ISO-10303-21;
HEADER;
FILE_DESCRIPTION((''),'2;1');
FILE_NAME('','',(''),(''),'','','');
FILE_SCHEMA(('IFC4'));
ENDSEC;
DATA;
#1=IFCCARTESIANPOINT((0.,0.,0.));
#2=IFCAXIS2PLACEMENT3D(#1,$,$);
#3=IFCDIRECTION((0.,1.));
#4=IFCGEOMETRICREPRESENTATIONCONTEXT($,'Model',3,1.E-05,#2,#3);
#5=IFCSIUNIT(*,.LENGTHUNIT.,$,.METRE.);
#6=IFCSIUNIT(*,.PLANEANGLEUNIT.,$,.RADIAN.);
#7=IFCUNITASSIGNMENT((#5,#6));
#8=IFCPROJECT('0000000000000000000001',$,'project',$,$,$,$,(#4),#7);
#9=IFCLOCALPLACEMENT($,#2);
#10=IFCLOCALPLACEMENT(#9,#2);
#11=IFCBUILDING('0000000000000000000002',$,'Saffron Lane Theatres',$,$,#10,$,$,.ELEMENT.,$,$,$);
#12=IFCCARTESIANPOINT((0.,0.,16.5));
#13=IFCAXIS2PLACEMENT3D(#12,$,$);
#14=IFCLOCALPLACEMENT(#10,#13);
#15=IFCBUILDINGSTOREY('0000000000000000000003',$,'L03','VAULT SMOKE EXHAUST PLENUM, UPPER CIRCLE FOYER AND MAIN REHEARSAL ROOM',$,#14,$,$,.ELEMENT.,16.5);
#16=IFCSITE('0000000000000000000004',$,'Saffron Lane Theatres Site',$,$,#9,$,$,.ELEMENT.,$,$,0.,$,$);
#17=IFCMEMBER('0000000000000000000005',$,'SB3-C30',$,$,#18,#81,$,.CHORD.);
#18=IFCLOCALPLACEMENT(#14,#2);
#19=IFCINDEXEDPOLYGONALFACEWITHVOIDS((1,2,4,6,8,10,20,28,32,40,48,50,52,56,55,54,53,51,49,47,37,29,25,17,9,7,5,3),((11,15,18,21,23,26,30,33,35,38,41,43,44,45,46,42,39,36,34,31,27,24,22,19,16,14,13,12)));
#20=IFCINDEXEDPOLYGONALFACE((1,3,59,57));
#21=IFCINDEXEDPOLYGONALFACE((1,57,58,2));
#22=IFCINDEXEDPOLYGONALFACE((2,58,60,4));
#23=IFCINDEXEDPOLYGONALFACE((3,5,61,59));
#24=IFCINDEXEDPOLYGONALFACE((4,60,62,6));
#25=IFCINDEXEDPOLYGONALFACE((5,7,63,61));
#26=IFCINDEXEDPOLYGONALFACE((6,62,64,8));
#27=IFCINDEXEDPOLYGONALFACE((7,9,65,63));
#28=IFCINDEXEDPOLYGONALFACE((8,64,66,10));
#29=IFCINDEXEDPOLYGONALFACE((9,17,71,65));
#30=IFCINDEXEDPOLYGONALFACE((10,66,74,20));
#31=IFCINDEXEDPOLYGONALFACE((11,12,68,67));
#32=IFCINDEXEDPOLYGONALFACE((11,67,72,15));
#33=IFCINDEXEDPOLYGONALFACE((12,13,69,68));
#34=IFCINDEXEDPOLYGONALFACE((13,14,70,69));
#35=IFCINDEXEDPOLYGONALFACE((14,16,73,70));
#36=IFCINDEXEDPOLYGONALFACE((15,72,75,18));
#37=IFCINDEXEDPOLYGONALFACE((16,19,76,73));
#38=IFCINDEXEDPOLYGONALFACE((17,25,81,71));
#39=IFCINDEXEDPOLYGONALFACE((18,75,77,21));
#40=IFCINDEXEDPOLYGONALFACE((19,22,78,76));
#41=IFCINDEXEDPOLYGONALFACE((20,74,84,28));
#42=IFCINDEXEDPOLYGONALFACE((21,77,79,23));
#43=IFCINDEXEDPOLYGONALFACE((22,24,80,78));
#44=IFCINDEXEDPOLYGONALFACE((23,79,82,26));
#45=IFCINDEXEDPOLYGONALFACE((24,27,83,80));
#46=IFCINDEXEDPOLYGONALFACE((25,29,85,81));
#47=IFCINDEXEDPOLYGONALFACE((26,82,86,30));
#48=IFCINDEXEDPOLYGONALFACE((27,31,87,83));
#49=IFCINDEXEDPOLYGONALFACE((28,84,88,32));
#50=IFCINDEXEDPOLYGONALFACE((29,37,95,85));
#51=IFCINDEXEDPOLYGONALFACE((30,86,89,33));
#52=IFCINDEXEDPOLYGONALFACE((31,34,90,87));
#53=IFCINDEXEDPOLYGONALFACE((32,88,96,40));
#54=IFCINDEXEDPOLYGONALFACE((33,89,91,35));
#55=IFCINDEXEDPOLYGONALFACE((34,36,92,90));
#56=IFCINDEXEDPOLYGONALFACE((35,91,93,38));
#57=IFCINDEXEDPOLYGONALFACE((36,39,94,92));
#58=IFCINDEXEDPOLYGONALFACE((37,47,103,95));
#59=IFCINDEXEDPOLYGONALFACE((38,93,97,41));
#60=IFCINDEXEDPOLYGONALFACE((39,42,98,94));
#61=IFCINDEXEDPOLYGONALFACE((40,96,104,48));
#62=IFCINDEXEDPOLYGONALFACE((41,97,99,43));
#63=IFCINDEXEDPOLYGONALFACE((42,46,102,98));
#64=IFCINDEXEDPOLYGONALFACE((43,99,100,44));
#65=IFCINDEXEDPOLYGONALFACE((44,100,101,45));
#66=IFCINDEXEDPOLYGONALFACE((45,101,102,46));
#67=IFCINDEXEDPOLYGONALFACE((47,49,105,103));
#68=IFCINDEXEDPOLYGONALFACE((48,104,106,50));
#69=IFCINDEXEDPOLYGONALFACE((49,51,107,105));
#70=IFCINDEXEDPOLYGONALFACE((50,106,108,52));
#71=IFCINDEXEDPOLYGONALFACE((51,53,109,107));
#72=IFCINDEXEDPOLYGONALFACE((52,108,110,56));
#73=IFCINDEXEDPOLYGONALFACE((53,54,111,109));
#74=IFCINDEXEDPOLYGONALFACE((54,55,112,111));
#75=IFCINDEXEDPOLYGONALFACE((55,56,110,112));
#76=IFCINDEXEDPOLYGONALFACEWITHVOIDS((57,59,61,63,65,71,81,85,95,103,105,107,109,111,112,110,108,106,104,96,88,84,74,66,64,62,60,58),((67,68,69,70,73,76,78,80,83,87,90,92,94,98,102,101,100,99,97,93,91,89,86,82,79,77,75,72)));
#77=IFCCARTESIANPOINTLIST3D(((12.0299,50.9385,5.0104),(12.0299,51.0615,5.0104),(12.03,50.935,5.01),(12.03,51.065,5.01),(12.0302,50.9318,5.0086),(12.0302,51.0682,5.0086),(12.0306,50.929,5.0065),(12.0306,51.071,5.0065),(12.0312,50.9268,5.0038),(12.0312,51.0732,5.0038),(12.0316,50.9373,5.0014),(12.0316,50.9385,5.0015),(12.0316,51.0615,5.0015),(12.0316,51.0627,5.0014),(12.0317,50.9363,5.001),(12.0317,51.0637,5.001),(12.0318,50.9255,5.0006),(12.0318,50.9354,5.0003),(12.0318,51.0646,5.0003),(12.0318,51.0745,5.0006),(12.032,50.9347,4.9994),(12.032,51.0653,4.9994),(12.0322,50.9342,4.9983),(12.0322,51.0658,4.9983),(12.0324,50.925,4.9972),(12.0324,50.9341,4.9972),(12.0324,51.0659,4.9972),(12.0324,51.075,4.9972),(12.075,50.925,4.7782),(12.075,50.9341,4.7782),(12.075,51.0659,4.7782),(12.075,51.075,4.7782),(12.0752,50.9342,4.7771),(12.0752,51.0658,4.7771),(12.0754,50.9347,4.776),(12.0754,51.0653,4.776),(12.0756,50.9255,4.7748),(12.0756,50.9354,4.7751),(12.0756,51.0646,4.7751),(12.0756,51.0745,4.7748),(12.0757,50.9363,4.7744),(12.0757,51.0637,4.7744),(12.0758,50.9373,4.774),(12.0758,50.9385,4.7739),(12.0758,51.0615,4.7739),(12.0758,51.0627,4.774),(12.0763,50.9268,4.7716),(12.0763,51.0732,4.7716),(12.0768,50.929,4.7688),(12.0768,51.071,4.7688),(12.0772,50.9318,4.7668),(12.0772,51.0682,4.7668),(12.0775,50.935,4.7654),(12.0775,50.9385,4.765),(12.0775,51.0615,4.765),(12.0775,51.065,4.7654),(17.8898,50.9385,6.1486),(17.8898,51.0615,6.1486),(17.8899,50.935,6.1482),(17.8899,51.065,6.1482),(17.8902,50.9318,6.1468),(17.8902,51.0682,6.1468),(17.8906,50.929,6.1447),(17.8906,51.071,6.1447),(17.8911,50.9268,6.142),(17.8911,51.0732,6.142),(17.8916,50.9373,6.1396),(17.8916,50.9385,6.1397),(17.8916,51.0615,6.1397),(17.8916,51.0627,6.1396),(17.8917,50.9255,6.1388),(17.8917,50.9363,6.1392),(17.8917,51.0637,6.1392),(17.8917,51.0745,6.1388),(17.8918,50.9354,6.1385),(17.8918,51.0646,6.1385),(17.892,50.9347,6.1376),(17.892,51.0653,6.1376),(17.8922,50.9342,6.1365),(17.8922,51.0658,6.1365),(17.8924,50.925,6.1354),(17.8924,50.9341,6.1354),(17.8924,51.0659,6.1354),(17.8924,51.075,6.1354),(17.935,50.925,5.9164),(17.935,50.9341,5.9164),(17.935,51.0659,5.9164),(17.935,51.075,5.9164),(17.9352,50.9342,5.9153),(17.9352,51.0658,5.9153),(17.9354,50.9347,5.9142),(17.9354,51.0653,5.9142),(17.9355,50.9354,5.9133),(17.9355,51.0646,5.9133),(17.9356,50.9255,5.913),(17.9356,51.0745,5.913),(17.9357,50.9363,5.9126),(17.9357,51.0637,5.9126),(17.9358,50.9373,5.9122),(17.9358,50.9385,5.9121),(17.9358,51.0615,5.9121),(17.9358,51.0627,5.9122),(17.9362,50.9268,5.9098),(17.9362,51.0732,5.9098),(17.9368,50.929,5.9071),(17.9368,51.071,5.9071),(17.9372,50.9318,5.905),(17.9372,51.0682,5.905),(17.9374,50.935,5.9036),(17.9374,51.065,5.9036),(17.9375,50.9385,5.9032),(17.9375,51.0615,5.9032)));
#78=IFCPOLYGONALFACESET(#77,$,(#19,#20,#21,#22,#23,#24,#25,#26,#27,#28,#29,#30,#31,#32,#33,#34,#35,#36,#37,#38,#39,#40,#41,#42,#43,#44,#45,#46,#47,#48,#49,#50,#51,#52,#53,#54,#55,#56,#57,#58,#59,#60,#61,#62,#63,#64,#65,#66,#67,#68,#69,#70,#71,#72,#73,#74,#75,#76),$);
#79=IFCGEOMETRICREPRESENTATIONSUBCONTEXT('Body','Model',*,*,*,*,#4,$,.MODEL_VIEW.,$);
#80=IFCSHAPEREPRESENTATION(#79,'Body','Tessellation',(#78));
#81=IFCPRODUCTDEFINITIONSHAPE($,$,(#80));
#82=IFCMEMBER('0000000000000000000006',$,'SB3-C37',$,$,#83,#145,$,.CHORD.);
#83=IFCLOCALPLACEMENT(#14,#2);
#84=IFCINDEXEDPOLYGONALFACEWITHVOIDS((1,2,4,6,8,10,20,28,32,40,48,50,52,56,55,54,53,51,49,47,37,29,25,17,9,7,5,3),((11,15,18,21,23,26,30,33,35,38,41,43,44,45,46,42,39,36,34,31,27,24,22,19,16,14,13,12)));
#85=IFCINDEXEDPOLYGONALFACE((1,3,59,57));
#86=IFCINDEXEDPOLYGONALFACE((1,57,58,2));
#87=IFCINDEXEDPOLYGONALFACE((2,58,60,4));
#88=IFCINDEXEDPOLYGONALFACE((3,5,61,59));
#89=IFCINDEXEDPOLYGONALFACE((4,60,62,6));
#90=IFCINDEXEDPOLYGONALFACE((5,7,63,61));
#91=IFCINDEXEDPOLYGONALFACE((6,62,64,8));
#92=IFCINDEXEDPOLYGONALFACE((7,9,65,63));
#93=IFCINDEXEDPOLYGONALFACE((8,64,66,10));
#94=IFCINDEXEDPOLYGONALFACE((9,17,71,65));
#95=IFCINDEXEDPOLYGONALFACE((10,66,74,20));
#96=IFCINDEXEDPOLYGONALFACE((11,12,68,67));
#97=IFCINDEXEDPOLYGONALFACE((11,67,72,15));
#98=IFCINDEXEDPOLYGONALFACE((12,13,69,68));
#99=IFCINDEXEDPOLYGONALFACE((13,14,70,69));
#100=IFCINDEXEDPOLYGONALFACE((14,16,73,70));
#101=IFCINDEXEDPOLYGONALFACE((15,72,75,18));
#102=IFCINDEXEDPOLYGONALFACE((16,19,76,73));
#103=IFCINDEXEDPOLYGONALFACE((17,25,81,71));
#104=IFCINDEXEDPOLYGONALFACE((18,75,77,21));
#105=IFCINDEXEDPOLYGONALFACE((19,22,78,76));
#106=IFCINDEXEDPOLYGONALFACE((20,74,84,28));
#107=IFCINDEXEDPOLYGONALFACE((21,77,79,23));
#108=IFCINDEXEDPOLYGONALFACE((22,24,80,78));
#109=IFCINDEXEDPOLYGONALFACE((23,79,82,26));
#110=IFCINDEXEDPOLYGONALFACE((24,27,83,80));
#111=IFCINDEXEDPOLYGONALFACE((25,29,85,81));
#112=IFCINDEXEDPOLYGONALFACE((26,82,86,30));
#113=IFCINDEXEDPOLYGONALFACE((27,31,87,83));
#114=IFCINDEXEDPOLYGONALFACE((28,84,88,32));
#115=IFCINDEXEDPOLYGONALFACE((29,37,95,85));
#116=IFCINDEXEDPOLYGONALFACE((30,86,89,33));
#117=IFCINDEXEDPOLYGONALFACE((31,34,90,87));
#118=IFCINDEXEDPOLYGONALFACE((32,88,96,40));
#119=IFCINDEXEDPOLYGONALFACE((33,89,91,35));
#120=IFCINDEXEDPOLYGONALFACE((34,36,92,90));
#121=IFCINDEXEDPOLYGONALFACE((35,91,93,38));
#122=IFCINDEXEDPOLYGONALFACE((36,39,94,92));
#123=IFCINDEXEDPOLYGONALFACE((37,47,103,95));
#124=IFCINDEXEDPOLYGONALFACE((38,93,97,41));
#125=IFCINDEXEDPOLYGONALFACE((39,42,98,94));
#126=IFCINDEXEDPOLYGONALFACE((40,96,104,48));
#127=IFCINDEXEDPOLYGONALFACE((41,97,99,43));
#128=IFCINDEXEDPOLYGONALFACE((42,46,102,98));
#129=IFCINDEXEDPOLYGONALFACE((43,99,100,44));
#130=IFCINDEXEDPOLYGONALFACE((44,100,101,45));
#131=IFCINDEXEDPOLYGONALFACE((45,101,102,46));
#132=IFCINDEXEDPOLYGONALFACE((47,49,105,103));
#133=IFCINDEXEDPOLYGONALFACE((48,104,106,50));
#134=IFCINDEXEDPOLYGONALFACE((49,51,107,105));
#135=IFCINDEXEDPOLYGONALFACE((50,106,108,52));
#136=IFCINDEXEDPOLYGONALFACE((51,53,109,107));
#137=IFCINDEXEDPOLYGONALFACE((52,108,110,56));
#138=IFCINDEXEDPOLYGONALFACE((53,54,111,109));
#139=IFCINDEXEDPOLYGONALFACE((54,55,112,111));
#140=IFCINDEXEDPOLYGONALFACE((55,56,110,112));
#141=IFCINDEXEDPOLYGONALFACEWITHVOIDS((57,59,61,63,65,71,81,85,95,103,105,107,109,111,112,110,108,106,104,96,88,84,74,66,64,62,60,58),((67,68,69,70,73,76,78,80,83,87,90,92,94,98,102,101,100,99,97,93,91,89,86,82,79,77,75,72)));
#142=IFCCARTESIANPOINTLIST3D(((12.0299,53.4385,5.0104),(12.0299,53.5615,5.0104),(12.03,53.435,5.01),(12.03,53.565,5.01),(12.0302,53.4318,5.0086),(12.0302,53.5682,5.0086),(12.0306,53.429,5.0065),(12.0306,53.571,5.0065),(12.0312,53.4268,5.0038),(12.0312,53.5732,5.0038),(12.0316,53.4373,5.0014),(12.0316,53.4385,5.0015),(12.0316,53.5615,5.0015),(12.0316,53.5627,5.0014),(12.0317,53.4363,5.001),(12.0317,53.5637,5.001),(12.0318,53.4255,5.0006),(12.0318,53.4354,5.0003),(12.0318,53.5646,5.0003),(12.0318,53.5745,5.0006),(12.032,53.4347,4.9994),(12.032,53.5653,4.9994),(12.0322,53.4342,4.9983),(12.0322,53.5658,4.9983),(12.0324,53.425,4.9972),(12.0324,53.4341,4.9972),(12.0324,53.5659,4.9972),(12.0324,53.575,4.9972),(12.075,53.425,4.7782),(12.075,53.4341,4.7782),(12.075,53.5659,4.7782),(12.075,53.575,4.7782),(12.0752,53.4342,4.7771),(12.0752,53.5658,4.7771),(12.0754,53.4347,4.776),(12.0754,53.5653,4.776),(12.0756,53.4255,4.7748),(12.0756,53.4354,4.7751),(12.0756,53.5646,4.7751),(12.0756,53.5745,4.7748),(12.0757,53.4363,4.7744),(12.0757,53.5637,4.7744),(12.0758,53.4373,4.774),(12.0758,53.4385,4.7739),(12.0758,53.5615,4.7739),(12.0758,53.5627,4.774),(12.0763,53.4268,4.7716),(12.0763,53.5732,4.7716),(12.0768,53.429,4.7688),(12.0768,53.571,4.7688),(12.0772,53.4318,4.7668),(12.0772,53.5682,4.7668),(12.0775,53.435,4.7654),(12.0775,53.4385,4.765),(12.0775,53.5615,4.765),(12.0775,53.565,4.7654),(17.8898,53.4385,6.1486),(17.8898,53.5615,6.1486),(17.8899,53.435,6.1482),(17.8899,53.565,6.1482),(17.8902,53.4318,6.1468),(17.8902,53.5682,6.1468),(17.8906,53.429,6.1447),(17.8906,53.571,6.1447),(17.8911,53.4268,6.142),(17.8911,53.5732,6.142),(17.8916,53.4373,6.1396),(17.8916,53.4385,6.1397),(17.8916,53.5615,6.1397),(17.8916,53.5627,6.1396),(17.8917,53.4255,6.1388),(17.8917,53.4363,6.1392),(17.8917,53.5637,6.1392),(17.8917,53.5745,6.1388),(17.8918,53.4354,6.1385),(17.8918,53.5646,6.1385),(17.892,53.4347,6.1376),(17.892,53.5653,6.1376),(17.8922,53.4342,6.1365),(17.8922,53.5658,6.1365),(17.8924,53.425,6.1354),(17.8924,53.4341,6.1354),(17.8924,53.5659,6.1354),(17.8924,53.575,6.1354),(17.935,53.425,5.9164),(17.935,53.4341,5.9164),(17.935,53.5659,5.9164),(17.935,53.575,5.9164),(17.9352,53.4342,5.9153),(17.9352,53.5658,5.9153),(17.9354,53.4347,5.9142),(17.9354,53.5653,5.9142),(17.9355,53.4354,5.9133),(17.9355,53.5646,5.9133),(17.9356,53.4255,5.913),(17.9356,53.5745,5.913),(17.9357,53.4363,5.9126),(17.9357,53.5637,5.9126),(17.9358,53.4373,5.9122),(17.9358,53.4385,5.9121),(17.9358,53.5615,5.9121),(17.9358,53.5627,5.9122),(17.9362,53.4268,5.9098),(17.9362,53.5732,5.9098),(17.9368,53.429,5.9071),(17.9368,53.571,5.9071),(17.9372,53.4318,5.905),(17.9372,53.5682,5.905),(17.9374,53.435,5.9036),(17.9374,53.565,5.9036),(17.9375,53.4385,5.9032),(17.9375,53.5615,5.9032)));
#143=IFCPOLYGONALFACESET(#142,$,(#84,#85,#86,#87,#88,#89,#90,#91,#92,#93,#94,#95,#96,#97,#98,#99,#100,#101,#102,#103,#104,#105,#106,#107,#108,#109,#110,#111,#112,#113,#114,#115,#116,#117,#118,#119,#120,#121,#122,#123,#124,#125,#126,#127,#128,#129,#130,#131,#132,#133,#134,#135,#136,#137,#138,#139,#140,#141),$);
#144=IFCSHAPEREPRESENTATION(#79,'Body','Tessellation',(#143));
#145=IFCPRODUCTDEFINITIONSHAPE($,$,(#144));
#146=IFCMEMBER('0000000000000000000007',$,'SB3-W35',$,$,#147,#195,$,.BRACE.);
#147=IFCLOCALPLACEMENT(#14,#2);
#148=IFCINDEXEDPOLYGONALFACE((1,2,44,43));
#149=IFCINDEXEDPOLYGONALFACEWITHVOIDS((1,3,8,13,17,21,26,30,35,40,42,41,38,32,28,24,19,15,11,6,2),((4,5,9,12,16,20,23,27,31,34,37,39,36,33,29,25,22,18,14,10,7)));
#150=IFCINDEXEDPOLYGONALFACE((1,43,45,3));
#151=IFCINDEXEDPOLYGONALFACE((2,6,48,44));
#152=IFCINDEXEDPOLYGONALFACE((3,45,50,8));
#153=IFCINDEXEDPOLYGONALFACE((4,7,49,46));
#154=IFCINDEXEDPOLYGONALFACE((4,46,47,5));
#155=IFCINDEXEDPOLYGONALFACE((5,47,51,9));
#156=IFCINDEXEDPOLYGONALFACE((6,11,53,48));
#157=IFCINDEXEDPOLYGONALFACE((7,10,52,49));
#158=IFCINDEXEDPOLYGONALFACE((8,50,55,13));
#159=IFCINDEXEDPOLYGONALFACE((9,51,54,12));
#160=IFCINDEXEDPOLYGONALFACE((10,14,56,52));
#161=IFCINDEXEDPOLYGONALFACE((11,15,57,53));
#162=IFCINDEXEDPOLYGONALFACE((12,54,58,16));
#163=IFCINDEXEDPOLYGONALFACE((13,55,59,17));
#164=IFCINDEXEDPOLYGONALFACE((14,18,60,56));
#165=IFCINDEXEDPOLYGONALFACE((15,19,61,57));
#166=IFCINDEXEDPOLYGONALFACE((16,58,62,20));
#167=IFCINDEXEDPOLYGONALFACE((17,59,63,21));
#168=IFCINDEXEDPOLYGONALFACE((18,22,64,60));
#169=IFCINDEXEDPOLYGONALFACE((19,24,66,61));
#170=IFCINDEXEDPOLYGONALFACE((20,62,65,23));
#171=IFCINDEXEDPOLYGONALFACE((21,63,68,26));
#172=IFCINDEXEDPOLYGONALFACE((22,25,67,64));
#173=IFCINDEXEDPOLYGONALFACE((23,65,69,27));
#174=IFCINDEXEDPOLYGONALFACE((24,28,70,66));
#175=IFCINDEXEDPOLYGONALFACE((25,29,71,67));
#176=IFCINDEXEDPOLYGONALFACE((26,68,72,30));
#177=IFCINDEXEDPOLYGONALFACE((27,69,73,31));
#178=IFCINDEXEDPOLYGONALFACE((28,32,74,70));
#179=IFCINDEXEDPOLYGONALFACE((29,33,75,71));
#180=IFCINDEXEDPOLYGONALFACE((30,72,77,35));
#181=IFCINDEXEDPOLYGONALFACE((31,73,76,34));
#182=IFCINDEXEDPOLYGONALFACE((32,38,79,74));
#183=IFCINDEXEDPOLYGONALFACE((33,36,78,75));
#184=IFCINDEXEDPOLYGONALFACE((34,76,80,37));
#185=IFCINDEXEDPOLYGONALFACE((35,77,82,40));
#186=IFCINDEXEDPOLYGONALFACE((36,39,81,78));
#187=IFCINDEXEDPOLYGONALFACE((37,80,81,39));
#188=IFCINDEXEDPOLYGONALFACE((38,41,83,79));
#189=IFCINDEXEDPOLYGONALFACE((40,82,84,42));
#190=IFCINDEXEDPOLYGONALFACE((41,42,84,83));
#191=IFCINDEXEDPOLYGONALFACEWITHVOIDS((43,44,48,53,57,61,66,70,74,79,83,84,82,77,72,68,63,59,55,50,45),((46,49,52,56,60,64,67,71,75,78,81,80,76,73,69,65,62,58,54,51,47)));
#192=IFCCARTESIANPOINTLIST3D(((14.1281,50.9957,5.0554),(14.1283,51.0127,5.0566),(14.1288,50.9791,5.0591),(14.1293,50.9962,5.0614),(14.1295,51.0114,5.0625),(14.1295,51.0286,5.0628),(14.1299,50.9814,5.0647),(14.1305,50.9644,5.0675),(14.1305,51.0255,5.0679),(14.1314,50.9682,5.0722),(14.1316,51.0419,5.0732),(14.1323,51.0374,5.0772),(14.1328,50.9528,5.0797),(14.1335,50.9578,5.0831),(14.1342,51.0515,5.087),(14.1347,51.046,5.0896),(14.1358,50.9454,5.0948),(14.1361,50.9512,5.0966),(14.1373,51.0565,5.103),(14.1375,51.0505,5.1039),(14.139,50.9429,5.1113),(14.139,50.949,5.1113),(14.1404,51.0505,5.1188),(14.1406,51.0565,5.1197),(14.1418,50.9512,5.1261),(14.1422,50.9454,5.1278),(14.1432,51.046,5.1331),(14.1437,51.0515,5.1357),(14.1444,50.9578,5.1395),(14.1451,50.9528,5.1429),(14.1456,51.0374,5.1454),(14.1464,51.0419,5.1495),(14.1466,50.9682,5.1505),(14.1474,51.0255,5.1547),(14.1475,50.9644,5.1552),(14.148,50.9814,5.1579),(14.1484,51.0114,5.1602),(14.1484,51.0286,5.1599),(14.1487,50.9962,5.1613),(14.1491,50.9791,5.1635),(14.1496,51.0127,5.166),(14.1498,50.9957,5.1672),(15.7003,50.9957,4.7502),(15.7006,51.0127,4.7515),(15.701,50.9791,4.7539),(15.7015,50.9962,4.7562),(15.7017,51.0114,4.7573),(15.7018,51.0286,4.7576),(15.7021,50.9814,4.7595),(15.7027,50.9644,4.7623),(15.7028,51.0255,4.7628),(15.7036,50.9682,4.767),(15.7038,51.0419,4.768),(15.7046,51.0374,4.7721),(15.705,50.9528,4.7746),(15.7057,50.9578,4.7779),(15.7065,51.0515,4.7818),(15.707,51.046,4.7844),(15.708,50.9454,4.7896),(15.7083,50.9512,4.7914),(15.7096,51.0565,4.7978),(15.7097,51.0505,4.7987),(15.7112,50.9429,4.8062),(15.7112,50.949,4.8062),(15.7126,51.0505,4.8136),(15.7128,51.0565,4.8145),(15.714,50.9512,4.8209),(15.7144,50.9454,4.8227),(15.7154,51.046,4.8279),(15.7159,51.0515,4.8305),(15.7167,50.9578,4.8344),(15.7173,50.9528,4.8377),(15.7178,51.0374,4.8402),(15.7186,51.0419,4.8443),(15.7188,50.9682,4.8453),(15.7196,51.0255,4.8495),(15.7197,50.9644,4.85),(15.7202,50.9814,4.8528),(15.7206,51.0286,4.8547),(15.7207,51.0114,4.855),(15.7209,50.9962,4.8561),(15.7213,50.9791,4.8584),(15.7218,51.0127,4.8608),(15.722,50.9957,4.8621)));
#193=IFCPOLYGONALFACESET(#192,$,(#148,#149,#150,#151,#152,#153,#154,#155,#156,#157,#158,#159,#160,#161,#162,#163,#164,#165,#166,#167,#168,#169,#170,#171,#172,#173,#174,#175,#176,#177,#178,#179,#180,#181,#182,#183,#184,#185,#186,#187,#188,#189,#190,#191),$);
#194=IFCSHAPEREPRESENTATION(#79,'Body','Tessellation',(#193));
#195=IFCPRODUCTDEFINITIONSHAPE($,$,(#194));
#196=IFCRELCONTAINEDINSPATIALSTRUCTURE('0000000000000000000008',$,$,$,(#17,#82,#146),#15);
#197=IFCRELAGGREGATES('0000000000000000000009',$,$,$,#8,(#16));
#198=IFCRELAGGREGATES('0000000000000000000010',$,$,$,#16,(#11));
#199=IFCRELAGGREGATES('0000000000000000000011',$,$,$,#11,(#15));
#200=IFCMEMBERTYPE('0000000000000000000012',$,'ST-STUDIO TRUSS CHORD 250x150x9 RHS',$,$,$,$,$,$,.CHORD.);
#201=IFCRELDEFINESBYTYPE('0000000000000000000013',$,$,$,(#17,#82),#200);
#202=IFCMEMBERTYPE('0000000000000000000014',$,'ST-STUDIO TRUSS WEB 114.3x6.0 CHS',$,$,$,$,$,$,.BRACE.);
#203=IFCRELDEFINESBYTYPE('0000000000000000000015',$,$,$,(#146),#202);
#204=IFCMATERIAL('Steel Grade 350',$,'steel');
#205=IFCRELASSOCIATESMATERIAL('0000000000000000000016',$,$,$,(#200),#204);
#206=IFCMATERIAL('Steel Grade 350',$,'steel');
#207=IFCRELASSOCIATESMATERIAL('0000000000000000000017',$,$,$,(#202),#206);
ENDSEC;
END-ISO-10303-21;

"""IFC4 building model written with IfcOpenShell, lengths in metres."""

from ifc_helpers import new_model, si_unit, direction, frame, origin, origin_2d, place, context, subcontext, project, spatial, hollow_rectangle, hollow_circle, extrude, material, material_profile, profile_set, type_object, element, save


model = new_model("IFC4")

# Units and contexts
model_context = context("Model", 3, precision=1e-05, world=origin(), true_north=direction((0.0, 1.0)))
body_context = subcontext(model_context, "Body", "Model", "MODEL_VIEW")
ifc_project = project(units=[si_unit("LENGTHUNIT", "METRE"), si_unit("PLANEANGLEUNIT", "RADIAN")], contexts=[model_context])

# Site, building, storey
site_placement = place(None, origin())
site = spatial("IfcSite", under=ifc_project, at=site_placement, Name="Saffron Lane Theatres Site", CompositionType="ELEMENT", RefElevation=0.0)
building_placement = place(site_placement, origin())
building = spatial("IfcBuilding", under=site, at=building_placement, Name="Saffron Lane Theatres", CompositionType="ELEMENT")
storey_placement = place(building_placement, frame((0.0, 0.0, 16.5)))
storey = spatial("IfcBuildingStorey", under=building, at=storey_placement, Name="L03", Description="VAULT SMOKE EXHAUST PLENUM, UPPER CIRCLE FOYER AND MAIN REHEARSAL ROOM", CompositionType="ELEMENT", Elevation=16.5)

# Members
ifc_material_1 = material(Name="Steel Grade 350", Category="steel")
ifc_material_profile_1 = material_profile(ifc_material_1, hollow_rectangle(XDim=0.1499, YDim=0.25, WallThickness=0.009, InnerFilletRadius=0.0044, OuterFilletRadius=0.0134, at=origin_2d()))
ifc_profile_set_1 = profile_set([ifc_material_profile_1], Name="Steel Grade 350")
member_type_1 = type_object("IfcMemberType", Name="ST-STUDIO TRUSS CHORD 250x150x9 RHS", PredefinedType="CHORD", material=ifc_profile_set_1)
for number, where, z_axis, x_axis, name in (
    (1, (12.0537, 51.0, 4.8877), (0.981654, 0.0, 0.19067), (0.0, 1.0, 0.0), "SB3-C30"),
    (2, (12.0537, 53.5, 4.8877), (0.981654, 0.0, 0.19067), (0.0, 1.0, 0.0), "SB3-C37"),
):
    element("IfcMember", number, at=place(storey_placement, frame(where, z_axis=z_axis, x_axis=x_axis)), inside=storey, type_object=member_type_1, Name=name, PredefinedType="CHORD", context=body_context, shape_type="SweptSolid", body=[
        extrude(hollow_rectangle(XDim=0.1499, YDim=0.25, WallThickness=0.009, InnerFilletRadius=0.0044, OuterFilletRadius=0.0134, at=origin_2d()), origin(), (0.0, 0.0, 1.0), 5.9695),
    ])
ifc_material_2 = material(Name="Steel Grade 350", Category="steel")
ifc_material_profile_2 = material_profile(ifc_material_2, hollow_circle(Radius=0.0571, WallThickness=0.0061, at=origin_2d()))
ifc_profile_set_2 = profile_set([ifc_material_profile_2], Name="Steel Grade 350")
member_type_2 = type_object("IfcMemberType", Name="ST-STUDIO TRUSS WEB 114.3x6.0 CHS", PredefinedType="BRACE", material=ifc_profile_set_2)
member_1_placement = place(storey_placement, frame((15.7112, 51.0, 4.8062), z_axis=(-0.981679, 0.0, 0.190543), x_axis=(0.0, -1.0, 0.0)))
element("IfcMember", 3, at=member_1_placement, inside=storey, type_object=member_type_2, Name="SB3-W35", PredefinedType="BRACE", context=body_context, shape_type="SweptSolid", body=[
    extrude(hollow_circle(Radius=0.0571, WallThickness=0.0061, at=origin_2d()), origin(), (0.0, 0.0, 1.0), 1.6016),
])

save(model, "model.ifc")
